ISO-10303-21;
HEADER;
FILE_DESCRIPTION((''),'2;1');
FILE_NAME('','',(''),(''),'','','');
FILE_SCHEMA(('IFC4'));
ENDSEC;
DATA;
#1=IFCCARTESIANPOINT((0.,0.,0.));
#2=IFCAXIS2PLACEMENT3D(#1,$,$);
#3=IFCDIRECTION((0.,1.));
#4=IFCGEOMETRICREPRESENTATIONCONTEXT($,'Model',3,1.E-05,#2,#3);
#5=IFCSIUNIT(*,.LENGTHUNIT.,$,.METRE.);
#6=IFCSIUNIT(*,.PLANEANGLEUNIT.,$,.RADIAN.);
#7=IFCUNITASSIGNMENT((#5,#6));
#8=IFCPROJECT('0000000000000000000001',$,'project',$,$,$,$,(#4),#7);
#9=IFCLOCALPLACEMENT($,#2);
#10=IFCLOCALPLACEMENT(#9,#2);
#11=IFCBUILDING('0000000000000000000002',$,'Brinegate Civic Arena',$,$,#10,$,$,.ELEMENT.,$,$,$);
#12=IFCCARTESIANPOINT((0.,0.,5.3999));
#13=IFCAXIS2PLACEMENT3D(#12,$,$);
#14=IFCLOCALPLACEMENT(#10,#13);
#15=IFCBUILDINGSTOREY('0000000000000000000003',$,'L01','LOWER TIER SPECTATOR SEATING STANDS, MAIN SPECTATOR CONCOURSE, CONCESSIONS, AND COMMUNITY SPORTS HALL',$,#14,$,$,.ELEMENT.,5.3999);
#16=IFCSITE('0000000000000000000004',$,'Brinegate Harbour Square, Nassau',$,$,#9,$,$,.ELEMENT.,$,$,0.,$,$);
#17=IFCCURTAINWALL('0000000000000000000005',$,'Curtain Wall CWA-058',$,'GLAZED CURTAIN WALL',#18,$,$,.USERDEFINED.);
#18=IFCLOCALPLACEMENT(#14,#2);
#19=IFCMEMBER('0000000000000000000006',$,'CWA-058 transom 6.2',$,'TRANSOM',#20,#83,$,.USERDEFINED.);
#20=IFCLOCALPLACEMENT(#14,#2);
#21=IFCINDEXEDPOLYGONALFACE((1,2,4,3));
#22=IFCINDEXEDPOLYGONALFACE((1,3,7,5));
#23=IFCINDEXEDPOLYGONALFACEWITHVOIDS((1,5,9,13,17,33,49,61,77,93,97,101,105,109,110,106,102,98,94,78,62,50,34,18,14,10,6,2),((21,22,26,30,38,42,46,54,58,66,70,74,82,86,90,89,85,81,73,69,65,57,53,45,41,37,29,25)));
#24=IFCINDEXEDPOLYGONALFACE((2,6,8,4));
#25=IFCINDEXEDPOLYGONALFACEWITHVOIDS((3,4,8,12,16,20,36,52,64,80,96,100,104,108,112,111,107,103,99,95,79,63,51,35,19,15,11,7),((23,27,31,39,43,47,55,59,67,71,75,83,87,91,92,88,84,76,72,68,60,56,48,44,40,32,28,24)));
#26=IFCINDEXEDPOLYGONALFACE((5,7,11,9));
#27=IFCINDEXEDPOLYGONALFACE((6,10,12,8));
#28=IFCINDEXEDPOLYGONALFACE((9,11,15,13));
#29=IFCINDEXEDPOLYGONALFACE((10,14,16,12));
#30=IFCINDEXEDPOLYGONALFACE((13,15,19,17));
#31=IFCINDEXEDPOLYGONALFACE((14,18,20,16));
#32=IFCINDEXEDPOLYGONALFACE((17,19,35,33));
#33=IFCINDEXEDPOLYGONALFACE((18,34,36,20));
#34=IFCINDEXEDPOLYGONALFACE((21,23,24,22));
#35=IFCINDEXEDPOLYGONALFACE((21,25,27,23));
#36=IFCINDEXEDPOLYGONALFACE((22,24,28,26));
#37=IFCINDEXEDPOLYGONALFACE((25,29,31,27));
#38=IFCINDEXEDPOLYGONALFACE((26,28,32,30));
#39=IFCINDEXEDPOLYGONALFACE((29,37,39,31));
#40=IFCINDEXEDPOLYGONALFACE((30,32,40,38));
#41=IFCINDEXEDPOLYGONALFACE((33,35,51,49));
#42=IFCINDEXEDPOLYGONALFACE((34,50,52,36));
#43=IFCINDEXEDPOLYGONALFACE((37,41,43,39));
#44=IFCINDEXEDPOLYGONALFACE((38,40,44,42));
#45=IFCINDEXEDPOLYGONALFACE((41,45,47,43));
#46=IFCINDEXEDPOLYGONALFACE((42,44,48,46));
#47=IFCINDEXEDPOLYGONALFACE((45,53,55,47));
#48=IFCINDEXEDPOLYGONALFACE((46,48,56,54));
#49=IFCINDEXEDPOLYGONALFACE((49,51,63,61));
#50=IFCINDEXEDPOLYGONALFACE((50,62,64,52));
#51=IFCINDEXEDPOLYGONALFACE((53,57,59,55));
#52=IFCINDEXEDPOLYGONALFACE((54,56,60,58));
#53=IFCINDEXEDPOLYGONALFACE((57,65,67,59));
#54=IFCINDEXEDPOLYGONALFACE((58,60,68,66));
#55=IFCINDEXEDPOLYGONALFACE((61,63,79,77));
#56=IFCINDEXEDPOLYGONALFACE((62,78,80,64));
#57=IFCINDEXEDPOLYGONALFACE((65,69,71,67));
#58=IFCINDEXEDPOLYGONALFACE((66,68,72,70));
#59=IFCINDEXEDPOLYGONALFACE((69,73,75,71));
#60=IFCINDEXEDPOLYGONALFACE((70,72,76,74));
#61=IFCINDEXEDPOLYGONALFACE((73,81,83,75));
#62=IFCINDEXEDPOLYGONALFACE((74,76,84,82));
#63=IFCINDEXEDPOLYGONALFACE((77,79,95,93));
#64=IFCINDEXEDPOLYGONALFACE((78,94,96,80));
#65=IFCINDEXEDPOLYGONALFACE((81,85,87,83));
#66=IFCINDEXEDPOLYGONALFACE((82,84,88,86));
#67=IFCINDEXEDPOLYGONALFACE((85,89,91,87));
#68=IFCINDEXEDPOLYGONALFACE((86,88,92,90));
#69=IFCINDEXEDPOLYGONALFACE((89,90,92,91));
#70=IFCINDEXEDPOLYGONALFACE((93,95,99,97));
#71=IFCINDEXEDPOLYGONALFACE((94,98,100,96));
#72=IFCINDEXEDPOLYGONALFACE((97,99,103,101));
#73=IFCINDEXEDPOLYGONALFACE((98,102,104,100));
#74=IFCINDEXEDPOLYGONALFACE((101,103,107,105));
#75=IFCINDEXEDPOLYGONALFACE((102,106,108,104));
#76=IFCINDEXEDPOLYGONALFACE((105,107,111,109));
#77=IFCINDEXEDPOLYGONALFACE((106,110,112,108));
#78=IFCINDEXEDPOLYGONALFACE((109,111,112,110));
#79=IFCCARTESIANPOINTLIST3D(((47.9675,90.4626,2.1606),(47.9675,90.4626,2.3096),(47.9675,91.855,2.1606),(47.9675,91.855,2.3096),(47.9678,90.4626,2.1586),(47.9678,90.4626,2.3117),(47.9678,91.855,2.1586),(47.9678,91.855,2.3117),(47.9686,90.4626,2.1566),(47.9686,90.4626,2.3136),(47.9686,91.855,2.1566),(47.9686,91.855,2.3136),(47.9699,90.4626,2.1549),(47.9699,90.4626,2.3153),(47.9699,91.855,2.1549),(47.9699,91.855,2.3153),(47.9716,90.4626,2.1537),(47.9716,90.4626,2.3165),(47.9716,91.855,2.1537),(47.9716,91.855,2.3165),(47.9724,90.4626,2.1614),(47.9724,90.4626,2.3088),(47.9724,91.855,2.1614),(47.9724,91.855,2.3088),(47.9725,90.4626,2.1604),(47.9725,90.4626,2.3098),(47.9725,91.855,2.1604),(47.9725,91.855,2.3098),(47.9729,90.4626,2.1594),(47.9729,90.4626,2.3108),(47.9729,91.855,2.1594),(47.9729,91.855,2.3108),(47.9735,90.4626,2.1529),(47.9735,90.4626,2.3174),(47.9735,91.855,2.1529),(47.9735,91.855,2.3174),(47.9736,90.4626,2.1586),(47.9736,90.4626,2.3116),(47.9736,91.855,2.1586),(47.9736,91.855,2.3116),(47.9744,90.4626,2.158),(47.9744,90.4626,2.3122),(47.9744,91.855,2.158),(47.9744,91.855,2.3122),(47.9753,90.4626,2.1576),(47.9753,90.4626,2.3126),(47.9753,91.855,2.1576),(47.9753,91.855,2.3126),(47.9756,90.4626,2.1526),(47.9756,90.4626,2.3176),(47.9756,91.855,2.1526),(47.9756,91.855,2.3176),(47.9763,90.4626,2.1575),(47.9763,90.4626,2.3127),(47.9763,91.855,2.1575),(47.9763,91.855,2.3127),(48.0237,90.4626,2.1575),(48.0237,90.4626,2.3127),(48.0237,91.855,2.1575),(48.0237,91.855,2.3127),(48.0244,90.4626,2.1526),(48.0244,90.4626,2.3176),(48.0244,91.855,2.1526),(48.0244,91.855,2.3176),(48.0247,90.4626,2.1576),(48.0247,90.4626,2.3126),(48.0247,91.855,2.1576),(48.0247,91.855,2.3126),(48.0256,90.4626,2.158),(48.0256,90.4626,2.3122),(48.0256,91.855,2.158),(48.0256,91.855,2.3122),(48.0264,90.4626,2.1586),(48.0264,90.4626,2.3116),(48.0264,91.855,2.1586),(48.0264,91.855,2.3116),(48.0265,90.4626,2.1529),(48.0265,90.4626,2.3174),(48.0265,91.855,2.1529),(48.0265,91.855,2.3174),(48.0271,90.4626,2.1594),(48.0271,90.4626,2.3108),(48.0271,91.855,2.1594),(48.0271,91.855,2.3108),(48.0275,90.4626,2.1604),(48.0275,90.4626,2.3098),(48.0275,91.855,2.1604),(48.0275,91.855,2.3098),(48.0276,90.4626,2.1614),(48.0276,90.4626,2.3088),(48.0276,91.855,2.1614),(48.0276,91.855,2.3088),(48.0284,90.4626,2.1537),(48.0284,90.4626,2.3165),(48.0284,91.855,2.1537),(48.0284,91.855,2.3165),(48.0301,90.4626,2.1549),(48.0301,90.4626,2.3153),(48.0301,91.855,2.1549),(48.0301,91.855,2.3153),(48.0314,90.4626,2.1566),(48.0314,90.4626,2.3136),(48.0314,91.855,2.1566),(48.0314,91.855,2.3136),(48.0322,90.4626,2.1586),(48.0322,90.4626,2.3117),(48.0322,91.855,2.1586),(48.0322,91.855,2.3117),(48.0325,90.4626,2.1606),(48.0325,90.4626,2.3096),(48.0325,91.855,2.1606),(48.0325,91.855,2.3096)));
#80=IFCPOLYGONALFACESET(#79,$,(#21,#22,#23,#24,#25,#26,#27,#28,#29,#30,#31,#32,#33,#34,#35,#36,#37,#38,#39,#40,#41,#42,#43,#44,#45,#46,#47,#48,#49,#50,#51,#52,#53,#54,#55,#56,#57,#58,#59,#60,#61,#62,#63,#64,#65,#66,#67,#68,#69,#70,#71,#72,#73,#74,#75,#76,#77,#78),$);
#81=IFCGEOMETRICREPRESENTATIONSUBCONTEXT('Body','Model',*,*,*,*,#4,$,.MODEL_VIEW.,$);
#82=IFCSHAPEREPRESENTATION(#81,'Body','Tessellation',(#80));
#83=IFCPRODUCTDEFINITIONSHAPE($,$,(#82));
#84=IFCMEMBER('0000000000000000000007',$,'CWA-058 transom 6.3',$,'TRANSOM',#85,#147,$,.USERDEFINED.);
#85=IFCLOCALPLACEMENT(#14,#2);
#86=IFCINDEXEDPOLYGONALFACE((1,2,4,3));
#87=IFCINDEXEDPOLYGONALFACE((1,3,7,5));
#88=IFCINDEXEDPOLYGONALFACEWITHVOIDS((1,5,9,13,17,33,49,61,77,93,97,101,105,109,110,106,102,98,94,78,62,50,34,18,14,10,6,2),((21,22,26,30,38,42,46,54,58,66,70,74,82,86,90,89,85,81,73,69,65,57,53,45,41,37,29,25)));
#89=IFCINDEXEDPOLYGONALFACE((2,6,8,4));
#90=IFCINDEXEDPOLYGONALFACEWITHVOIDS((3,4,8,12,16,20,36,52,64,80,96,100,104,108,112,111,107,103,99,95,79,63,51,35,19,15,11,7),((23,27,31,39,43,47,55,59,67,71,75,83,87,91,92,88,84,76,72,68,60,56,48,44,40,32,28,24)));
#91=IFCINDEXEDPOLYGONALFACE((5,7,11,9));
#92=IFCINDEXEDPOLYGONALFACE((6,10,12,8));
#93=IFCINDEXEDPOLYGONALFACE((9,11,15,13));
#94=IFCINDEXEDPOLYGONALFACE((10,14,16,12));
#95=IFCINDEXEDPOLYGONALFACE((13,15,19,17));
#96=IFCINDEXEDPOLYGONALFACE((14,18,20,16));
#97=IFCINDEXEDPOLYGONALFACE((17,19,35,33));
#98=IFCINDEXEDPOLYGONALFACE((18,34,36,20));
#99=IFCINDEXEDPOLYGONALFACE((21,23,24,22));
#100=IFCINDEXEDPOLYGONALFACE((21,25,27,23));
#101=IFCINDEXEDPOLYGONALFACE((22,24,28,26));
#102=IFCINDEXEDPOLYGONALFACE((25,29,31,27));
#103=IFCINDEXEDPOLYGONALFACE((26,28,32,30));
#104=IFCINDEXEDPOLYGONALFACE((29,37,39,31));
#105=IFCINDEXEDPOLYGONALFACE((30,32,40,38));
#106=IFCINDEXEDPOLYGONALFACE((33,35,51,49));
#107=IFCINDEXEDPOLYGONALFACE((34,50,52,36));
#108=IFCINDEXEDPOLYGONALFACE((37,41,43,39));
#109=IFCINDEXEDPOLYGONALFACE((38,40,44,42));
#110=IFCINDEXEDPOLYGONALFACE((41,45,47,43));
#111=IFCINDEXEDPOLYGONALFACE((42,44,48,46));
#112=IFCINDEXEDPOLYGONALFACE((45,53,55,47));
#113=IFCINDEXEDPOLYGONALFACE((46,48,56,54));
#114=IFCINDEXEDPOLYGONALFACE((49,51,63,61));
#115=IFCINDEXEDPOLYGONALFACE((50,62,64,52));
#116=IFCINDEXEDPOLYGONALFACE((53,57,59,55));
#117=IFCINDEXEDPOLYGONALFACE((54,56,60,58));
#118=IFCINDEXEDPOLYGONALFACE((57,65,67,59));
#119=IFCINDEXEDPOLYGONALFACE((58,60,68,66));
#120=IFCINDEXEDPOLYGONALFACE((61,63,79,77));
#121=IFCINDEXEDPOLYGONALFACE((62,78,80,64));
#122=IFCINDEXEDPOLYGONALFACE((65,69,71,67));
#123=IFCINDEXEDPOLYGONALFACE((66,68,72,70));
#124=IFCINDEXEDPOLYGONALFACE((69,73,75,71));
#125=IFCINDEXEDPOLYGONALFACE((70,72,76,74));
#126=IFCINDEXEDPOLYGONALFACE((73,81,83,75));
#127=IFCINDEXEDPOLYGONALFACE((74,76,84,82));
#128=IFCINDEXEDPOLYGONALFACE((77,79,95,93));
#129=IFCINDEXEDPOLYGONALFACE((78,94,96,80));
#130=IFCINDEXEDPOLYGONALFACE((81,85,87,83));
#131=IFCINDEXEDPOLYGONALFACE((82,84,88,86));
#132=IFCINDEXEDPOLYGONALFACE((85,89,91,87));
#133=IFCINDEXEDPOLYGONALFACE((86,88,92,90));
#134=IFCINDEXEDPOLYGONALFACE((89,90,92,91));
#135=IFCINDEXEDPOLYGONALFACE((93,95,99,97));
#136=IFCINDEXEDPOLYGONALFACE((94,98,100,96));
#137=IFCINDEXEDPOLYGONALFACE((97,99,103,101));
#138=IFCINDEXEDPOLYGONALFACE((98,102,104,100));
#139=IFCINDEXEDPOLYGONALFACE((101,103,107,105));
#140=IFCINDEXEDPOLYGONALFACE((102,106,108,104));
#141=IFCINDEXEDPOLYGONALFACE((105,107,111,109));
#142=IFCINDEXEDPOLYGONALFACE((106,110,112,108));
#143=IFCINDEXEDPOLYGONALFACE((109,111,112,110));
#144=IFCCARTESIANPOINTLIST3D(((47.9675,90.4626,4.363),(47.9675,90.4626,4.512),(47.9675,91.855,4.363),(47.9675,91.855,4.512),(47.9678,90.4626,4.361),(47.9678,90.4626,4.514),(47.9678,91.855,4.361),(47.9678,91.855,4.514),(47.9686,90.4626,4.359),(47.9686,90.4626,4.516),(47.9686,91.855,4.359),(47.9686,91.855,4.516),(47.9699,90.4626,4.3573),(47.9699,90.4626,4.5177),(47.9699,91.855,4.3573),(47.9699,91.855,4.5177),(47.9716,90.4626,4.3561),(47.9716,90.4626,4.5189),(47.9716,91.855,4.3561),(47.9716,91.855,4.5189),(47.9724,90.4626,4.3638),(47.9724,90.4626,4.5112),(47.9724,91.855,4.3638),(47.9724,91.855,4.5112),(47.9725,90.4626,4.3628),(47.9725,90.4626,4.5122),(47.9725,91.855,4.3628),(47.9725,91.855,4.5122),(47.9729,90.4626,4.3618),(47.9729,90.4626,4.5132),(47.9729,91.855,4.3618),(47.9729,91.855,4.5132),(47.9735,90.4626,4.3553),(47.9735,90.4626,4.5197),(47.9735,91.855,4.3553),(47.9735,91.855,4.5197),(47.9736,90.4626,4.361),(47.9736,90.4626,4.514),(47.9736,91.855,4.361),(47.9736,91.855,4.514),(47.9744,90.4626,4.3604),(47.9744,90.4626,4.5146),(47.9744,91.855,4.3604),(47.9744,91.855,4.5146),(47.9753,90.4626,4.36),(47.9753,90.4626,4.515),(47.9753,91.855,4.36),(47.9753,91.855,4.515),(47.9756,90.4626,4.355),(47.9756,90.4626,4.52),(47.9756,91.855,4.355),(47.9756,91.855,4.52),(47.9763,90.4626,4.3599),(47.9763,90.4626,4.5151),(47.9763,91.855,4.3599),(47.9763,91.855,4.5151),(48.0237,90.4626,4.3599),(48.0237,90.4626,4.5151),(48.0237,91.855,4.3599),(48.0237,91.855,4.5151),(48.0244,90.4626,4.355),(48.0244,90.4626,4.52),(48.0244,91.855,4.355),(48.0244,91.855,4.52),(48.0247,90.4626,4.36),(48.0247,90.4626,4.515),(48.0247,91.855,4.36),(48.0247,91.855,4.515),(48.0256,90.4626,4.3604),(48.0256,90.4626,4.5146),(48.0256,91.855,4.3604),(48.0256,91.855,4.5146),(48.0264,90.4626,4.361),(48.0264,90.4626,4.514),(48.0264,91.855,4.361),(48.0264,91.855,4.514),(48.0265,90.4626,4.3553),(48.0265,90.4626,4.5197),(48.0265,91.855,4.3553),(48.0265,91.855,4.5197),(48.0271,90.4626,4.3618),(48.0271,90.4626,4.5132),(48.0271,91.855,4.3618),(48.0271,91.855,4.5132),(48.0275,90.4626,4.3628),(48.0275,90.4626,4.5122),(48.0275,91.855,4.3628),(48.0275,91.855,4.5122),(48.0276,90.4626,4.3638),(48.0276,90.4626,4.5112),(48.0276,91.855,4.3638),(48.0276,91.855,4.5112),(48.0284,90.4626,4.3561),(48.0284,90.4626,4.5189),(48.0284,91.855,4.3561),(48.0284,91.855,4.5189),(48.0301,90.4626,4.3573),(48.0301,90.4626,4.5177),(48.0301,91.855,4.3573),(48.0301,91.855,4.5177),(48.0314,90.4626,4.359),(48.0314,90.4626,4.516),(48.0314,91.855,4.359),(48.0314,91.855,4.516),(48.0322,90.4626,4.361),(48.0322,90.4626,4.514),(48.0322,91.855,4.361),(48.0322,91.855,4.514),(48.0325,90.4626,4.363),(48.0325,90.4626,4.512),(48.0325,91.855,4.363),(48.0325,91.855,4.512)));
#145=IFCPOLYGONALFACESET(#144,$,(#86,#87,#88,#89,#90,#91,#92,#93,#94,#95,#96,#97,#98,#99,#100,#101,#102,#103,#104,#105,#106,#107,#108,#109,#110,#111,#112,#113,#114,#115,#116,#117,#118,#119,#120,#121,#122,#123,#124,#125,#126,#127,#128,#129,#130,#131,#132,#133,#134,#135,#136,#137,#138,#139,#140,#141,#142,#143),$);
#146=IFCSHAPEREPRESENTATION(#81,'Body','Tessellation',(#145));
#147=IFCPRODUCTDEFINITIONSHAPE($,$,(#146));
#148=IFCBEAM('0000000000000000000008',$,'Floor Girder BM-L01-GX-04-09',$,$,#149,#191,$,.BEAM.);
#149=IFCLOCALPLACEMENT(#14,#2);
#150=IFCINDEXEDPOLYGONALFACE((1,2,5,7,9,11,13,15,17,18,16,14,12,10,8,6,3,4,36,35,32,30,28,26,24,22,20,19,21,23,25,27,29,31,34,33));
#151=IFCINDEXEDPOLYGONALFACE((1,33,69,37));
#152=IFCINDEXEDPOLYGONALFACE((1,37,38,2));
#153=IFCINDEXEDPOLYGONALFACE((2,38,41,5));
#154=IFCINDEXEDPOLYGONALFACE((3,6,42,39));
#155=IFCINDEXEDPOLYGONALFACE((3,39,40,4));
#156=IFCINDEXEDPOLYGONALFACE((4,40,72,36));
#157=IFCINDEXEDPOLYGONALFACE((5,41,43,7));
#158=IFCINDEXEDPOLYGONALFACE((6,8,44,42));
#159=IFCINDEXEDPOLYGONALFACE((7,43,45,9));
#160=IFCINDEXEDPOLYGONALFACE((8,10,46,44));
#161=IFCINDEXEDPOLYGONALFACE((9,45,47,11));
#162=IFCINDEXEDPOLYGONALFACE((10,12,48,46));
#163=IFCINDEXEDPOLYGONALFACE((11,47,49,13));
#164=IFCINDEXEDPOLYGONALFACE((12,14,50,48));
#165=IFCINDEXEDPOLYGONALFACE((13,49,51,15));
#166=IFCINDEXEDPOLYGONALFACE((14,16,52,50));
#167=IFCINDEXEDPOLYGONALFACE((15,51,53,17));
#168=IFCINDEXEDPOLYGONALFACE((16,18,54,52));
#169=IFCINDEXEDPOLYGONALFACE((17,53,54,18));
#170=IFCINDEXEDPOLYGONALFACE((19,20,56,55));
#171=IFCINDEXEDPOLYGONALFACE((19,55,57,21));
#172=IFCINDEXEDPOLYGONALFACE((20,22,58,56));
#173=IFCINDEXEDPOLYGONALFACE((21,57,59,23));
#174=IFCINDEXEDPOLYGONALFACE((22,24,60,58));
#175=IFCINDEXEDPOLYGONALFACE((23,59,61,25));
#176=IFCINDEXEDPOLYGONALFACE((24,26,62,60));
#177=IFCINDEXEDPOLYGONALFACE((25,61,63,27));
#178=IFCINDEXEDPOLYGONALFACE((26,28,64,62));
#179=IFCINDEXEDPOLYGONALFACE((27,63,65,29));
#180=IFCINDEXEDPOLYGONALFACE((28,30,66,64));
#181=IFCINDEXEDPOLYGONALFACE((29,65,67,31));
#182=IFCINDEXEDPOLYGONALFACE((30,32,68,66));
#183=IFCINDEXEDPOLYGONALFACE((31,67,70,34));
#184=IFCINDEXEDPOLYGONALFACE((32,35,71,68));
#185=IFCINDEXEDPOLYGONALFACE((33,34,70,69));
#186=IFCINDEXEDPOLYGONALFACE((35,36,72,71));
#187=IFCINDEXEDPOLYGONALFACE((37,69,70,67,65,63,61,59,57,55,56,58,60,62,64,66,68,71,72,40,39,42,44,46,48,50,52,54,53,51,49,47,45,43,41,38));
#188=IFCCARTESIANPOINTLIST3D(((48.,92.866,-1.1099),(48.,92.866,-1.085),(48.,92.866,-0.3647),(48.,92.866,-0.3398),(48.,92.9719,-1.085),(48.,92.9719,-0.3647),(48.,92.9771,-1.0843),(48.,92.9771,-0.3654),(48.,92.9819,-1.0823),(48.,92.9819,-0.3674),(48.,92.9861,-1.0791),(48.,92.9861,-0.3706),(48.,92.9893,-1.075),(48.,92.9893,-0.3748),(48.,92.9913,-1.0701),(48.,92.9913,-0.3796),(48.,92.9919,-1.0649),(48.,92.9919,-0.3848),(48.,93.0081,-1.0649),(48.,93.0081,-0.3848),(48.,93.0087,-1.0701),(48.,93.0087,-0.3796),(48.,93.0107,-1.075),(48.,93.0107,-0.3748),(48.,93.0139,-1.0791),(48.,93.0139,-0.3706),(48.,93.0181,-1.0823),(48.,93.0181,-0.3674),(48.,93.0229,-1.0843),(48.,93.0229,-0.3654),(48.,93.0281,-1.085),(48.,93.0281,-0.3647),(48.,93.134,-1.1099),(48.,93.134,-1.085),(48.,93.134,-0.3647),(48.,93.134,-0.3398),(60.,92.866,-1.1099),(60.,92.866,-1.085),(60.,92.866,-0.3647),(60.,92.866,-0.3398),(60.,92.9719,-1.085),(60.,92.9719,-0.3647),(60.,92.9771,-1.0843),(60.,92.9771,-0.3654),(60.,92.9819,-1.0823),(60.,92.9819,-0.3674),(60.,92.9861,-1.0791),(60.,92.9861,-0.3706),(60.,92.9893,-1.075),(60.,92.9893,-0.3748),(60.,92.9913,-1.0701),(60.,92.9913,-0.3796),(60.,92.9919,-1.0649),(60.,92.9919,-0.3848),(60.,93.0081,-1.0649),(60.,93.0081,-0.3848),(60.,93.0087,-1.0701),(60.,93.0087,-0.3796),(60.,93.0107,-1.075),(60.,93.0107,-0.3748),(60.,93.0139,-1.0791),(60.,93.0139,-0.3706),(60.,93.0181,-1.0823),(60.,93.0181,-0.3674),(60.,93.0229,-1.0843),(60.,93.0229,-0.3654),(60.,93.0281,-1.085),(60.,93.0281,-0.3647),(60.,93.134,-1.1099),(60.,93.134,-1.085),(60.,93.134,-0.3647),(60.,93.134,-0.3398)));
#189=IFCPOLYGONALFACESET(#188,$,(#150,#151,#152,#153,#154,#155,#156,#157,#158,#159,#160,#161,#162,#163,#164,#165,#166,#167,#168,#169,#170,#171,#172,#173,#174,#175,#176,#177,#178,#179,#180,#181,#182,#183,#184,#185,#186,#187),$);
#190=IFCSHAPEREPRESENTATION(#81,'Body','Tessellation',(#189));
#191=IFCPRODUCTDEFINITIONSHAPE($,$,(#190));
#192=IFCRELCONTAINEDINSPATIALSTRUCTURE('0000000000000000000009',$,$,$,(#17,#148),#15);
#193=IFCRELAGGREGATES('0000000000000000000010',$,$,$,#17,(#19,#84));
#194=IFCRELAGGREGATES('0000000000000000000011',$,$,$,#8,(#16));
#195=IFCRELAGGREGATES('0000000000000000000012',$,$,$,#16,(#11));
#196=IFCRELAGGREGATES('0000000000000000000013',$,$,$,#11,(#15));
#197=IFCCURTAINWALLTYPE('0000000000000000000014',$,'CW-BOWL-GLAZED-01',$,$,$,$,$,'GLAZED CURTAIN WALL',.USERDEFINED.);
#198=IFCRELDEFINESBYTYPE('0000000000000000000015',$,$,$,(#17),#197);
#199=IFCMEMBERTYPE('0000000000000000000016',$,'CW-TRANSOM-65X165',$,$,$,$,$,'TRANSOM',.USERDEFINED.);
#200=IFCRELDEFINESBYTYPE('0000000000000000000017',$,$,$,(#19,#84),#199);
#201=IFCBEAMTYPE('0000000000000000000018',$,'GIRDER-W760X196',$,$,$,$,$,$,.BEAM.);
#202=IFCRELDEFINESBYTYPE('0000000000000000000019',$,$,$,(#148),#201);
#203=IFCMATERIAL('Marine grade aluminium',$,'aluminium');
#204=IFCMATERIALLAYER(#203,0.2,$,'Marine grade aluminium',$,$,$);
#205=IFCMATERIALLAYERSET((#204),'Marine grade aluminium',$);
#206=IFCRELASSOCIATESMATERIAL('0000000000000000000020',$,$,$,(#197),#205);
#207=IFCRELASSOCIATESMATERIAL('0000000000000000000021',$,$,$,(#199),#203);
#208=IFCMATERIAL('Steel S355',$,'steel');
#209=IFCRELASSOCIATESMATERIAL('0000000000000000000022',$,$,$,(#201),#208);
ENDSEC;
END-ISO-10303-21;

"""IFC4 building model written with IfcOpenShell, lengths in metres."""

from ifc_helpers import new_model, si_unit, direction, frame, origin, origin_2d, place, context, subcontext, project, spatial, hollow_rectangle, i_section, extrude, material, layer, layer_set, material_profile, profile_set, type_object, element, aggregate, save


model = new_model("IFC4")

# Units and contexts
model_context = context("Model", 3, precision=1e-05, world=origin(), true_north=direction((0.0, 1.0)))
body_context = subcontext(model_context, "Body", "Model", "MODEL_VIEW")
ifc_project = project(units=[si_unit("LENGTHUNIT", "METRE"), si_unit("PLANEANGLEUNIT", "RADIAN")], contexts=[model_context])

# Site, building, storey
site_placement = place(None, origin())
site = spatial("IfcSite", under=ifc_project, at=site_placement, Name="Brinegate Harbour Square, Nassau", CompositionType="ELEMENT", RefElevation=0.0)
building_placement = place(site_placement, origin())
building = spatial("IfcBuilding", under=site, at=building_placement, Name="Brinegate Civic Arena", CompositionType="ELEMENT")
storey_placement = place(building_placement, frame((0.0, 0.0, 5.3999)))
storey = spatial("IfcBuildingStorey", under=building, at=storey_placement, Name="L01", Description="LOWER TIER SPECTATOR SEATING STANDS, MAIN SPECTATOR CONCOURSE, CONCESSIONS, AND COMMUNITY SPORTS HALL", CompositionType="ELEMENT", Elevation=5.3999)

# Curtain wall
ifc_material_1 = material(Name="Marine grade aluminium", Category="aluminium")
ifc_layer_1 = layer(ifc_material_1, 0.2, Name="Marine grade aluminium")
ifc_layer_set_1 = layer_set([ifc_layer_1], Name="Marine grade aluminium")
curtain_wall_type = type_object("IfcCurtainWallType", Name="CW-BOWL-GLAZED-01", ElementType="GLAZED CURTAIN WALL", PredefinedType="USERDEFINED", material=ifc_layer_set_1)
curtain_wall_1_placement = place(storey_placement, origin())
curtain_wall_1 = element("IfcCurtainWall", 1, at=curtain_wall_1_placement, inside=storey, type_object=curtain_wall_type, Name="Curtain Wall CWA-058", ObjectType="GLAZED CURTAIN WALL", PredefinedType="USERDEFINED")

# Members
ifc_material_profile_1 = material_profile(ifc_material_1, hollow_rectangle(XDim=0.0649, YDim=0.165, WallThickness=0.0049, InnerFilletRadius=0.0039, OuterFilletRadius=0.0081, at=origin_2d()), Name="TRN65X165")
ifc_profile_set_1 = profile_set([ifc_material_profile_1], Name="Marine grade aluminium")
member_type_1 = type_object("IfcMemberType", Name="CW-TRANSOM-65X165", ElementType="TRANSOM", PredefinedType="USERDEFINED", material=ifc_profile_set_1)
member_1_placement = place(storey_placement, frame((48.0, 90.4626, 2.2351), z_axis=(0.0, 1.0, 0.0), x_axis=(-1.0, 0.0, 0.0)))
member_1 = element("IfcMember", 2, at=member_1_placement, type_object=member_type_1, Name="CWA-058 transom 6.2", ObjectType="TRANSOM", PredefinedType="USERDEFINED", context=body_context, shape_type="SweptSolid", body=[
    extrude(hollow_rectangle(XDim=0.0649, YDim=0.165, WallThickness=0.0049, InnerFilletRadius=0.0039, OuterFilletRadius=0.0081, at=origin_2d()), origin(), (0.0, 0.0, 1.0), 1.3923),
])
member_2_placement = place(storey_placement, frame((48.0, 90.4626, 4.4375), z_axis=(0.0, 1.0, 0.0), x_axis=(-1.0, 0.0, 0.0)))
member_2 = element("IfcMember", 3, at=member_2_placement, type_object=member_type_1, Name="CWA-058 transom 6.3", ObjectType="TRANSOM", PredefinedType="USERDEFINED", context=body_context, shape_type="SweptSolid", body=[
    extrude(hollow_rectangle(XDim=0.0649, YDim=0.165, WallThickness=0.0049, InnerFilletRadius=0.0039, OuterFilletRadius=0.0081, at=origin_2d()), origin(), (0.0, 0.0, 1.0), 1.3923),
])

# Beam
ifc_material_2 = material(Name="Steel S355", Category="steel")
ifc_material_profile_2 = material_profile(ifc_material_2, i_section(OverallWidth=0.2681, OverallDepth=0.77, WebThickness=0.0161, FlangeThickness=0.0249, FilletRadius=0.02, at=origin_2d()), Name="W760X196")
ifc_profile_set_2 = profile_set([ifc_material_profile_2], Name="Steel S355")
beam_type_1 = type_object("IfcBeamType", Name="GIRDER-W760X196", PredefinedType="BEAM", material=ifc_profile_set_2)
beam_1_placement = place(storey_placement, frame((48.0, 93.0, -0.7249), z_axis=(1.0, 0.0, 0.0), x_axis=(0.0, 1.0, 0.0)))
element("IfcBeam", 4, at=beam_1_placement, inside=storey, type_object=beam_type_1, Name="Floor Girder BM-L01-GX-04-09", PredefinedType="BEAM", context=body_context, shape_type="SweptSolid", body=[
    extrude(i_section(OverallWidth=0.2681, OverallDepth=0.77, WebThickness=0.0161, FlangeThickness=0.0249, FilletRadius=0.02, at=origin_2d()), origin(), (0.0, 0.0, 1.0), 12.0),
])

aggregate(curtain_wall_1, [member_1, member_2])

save(model, "model.ifc")
